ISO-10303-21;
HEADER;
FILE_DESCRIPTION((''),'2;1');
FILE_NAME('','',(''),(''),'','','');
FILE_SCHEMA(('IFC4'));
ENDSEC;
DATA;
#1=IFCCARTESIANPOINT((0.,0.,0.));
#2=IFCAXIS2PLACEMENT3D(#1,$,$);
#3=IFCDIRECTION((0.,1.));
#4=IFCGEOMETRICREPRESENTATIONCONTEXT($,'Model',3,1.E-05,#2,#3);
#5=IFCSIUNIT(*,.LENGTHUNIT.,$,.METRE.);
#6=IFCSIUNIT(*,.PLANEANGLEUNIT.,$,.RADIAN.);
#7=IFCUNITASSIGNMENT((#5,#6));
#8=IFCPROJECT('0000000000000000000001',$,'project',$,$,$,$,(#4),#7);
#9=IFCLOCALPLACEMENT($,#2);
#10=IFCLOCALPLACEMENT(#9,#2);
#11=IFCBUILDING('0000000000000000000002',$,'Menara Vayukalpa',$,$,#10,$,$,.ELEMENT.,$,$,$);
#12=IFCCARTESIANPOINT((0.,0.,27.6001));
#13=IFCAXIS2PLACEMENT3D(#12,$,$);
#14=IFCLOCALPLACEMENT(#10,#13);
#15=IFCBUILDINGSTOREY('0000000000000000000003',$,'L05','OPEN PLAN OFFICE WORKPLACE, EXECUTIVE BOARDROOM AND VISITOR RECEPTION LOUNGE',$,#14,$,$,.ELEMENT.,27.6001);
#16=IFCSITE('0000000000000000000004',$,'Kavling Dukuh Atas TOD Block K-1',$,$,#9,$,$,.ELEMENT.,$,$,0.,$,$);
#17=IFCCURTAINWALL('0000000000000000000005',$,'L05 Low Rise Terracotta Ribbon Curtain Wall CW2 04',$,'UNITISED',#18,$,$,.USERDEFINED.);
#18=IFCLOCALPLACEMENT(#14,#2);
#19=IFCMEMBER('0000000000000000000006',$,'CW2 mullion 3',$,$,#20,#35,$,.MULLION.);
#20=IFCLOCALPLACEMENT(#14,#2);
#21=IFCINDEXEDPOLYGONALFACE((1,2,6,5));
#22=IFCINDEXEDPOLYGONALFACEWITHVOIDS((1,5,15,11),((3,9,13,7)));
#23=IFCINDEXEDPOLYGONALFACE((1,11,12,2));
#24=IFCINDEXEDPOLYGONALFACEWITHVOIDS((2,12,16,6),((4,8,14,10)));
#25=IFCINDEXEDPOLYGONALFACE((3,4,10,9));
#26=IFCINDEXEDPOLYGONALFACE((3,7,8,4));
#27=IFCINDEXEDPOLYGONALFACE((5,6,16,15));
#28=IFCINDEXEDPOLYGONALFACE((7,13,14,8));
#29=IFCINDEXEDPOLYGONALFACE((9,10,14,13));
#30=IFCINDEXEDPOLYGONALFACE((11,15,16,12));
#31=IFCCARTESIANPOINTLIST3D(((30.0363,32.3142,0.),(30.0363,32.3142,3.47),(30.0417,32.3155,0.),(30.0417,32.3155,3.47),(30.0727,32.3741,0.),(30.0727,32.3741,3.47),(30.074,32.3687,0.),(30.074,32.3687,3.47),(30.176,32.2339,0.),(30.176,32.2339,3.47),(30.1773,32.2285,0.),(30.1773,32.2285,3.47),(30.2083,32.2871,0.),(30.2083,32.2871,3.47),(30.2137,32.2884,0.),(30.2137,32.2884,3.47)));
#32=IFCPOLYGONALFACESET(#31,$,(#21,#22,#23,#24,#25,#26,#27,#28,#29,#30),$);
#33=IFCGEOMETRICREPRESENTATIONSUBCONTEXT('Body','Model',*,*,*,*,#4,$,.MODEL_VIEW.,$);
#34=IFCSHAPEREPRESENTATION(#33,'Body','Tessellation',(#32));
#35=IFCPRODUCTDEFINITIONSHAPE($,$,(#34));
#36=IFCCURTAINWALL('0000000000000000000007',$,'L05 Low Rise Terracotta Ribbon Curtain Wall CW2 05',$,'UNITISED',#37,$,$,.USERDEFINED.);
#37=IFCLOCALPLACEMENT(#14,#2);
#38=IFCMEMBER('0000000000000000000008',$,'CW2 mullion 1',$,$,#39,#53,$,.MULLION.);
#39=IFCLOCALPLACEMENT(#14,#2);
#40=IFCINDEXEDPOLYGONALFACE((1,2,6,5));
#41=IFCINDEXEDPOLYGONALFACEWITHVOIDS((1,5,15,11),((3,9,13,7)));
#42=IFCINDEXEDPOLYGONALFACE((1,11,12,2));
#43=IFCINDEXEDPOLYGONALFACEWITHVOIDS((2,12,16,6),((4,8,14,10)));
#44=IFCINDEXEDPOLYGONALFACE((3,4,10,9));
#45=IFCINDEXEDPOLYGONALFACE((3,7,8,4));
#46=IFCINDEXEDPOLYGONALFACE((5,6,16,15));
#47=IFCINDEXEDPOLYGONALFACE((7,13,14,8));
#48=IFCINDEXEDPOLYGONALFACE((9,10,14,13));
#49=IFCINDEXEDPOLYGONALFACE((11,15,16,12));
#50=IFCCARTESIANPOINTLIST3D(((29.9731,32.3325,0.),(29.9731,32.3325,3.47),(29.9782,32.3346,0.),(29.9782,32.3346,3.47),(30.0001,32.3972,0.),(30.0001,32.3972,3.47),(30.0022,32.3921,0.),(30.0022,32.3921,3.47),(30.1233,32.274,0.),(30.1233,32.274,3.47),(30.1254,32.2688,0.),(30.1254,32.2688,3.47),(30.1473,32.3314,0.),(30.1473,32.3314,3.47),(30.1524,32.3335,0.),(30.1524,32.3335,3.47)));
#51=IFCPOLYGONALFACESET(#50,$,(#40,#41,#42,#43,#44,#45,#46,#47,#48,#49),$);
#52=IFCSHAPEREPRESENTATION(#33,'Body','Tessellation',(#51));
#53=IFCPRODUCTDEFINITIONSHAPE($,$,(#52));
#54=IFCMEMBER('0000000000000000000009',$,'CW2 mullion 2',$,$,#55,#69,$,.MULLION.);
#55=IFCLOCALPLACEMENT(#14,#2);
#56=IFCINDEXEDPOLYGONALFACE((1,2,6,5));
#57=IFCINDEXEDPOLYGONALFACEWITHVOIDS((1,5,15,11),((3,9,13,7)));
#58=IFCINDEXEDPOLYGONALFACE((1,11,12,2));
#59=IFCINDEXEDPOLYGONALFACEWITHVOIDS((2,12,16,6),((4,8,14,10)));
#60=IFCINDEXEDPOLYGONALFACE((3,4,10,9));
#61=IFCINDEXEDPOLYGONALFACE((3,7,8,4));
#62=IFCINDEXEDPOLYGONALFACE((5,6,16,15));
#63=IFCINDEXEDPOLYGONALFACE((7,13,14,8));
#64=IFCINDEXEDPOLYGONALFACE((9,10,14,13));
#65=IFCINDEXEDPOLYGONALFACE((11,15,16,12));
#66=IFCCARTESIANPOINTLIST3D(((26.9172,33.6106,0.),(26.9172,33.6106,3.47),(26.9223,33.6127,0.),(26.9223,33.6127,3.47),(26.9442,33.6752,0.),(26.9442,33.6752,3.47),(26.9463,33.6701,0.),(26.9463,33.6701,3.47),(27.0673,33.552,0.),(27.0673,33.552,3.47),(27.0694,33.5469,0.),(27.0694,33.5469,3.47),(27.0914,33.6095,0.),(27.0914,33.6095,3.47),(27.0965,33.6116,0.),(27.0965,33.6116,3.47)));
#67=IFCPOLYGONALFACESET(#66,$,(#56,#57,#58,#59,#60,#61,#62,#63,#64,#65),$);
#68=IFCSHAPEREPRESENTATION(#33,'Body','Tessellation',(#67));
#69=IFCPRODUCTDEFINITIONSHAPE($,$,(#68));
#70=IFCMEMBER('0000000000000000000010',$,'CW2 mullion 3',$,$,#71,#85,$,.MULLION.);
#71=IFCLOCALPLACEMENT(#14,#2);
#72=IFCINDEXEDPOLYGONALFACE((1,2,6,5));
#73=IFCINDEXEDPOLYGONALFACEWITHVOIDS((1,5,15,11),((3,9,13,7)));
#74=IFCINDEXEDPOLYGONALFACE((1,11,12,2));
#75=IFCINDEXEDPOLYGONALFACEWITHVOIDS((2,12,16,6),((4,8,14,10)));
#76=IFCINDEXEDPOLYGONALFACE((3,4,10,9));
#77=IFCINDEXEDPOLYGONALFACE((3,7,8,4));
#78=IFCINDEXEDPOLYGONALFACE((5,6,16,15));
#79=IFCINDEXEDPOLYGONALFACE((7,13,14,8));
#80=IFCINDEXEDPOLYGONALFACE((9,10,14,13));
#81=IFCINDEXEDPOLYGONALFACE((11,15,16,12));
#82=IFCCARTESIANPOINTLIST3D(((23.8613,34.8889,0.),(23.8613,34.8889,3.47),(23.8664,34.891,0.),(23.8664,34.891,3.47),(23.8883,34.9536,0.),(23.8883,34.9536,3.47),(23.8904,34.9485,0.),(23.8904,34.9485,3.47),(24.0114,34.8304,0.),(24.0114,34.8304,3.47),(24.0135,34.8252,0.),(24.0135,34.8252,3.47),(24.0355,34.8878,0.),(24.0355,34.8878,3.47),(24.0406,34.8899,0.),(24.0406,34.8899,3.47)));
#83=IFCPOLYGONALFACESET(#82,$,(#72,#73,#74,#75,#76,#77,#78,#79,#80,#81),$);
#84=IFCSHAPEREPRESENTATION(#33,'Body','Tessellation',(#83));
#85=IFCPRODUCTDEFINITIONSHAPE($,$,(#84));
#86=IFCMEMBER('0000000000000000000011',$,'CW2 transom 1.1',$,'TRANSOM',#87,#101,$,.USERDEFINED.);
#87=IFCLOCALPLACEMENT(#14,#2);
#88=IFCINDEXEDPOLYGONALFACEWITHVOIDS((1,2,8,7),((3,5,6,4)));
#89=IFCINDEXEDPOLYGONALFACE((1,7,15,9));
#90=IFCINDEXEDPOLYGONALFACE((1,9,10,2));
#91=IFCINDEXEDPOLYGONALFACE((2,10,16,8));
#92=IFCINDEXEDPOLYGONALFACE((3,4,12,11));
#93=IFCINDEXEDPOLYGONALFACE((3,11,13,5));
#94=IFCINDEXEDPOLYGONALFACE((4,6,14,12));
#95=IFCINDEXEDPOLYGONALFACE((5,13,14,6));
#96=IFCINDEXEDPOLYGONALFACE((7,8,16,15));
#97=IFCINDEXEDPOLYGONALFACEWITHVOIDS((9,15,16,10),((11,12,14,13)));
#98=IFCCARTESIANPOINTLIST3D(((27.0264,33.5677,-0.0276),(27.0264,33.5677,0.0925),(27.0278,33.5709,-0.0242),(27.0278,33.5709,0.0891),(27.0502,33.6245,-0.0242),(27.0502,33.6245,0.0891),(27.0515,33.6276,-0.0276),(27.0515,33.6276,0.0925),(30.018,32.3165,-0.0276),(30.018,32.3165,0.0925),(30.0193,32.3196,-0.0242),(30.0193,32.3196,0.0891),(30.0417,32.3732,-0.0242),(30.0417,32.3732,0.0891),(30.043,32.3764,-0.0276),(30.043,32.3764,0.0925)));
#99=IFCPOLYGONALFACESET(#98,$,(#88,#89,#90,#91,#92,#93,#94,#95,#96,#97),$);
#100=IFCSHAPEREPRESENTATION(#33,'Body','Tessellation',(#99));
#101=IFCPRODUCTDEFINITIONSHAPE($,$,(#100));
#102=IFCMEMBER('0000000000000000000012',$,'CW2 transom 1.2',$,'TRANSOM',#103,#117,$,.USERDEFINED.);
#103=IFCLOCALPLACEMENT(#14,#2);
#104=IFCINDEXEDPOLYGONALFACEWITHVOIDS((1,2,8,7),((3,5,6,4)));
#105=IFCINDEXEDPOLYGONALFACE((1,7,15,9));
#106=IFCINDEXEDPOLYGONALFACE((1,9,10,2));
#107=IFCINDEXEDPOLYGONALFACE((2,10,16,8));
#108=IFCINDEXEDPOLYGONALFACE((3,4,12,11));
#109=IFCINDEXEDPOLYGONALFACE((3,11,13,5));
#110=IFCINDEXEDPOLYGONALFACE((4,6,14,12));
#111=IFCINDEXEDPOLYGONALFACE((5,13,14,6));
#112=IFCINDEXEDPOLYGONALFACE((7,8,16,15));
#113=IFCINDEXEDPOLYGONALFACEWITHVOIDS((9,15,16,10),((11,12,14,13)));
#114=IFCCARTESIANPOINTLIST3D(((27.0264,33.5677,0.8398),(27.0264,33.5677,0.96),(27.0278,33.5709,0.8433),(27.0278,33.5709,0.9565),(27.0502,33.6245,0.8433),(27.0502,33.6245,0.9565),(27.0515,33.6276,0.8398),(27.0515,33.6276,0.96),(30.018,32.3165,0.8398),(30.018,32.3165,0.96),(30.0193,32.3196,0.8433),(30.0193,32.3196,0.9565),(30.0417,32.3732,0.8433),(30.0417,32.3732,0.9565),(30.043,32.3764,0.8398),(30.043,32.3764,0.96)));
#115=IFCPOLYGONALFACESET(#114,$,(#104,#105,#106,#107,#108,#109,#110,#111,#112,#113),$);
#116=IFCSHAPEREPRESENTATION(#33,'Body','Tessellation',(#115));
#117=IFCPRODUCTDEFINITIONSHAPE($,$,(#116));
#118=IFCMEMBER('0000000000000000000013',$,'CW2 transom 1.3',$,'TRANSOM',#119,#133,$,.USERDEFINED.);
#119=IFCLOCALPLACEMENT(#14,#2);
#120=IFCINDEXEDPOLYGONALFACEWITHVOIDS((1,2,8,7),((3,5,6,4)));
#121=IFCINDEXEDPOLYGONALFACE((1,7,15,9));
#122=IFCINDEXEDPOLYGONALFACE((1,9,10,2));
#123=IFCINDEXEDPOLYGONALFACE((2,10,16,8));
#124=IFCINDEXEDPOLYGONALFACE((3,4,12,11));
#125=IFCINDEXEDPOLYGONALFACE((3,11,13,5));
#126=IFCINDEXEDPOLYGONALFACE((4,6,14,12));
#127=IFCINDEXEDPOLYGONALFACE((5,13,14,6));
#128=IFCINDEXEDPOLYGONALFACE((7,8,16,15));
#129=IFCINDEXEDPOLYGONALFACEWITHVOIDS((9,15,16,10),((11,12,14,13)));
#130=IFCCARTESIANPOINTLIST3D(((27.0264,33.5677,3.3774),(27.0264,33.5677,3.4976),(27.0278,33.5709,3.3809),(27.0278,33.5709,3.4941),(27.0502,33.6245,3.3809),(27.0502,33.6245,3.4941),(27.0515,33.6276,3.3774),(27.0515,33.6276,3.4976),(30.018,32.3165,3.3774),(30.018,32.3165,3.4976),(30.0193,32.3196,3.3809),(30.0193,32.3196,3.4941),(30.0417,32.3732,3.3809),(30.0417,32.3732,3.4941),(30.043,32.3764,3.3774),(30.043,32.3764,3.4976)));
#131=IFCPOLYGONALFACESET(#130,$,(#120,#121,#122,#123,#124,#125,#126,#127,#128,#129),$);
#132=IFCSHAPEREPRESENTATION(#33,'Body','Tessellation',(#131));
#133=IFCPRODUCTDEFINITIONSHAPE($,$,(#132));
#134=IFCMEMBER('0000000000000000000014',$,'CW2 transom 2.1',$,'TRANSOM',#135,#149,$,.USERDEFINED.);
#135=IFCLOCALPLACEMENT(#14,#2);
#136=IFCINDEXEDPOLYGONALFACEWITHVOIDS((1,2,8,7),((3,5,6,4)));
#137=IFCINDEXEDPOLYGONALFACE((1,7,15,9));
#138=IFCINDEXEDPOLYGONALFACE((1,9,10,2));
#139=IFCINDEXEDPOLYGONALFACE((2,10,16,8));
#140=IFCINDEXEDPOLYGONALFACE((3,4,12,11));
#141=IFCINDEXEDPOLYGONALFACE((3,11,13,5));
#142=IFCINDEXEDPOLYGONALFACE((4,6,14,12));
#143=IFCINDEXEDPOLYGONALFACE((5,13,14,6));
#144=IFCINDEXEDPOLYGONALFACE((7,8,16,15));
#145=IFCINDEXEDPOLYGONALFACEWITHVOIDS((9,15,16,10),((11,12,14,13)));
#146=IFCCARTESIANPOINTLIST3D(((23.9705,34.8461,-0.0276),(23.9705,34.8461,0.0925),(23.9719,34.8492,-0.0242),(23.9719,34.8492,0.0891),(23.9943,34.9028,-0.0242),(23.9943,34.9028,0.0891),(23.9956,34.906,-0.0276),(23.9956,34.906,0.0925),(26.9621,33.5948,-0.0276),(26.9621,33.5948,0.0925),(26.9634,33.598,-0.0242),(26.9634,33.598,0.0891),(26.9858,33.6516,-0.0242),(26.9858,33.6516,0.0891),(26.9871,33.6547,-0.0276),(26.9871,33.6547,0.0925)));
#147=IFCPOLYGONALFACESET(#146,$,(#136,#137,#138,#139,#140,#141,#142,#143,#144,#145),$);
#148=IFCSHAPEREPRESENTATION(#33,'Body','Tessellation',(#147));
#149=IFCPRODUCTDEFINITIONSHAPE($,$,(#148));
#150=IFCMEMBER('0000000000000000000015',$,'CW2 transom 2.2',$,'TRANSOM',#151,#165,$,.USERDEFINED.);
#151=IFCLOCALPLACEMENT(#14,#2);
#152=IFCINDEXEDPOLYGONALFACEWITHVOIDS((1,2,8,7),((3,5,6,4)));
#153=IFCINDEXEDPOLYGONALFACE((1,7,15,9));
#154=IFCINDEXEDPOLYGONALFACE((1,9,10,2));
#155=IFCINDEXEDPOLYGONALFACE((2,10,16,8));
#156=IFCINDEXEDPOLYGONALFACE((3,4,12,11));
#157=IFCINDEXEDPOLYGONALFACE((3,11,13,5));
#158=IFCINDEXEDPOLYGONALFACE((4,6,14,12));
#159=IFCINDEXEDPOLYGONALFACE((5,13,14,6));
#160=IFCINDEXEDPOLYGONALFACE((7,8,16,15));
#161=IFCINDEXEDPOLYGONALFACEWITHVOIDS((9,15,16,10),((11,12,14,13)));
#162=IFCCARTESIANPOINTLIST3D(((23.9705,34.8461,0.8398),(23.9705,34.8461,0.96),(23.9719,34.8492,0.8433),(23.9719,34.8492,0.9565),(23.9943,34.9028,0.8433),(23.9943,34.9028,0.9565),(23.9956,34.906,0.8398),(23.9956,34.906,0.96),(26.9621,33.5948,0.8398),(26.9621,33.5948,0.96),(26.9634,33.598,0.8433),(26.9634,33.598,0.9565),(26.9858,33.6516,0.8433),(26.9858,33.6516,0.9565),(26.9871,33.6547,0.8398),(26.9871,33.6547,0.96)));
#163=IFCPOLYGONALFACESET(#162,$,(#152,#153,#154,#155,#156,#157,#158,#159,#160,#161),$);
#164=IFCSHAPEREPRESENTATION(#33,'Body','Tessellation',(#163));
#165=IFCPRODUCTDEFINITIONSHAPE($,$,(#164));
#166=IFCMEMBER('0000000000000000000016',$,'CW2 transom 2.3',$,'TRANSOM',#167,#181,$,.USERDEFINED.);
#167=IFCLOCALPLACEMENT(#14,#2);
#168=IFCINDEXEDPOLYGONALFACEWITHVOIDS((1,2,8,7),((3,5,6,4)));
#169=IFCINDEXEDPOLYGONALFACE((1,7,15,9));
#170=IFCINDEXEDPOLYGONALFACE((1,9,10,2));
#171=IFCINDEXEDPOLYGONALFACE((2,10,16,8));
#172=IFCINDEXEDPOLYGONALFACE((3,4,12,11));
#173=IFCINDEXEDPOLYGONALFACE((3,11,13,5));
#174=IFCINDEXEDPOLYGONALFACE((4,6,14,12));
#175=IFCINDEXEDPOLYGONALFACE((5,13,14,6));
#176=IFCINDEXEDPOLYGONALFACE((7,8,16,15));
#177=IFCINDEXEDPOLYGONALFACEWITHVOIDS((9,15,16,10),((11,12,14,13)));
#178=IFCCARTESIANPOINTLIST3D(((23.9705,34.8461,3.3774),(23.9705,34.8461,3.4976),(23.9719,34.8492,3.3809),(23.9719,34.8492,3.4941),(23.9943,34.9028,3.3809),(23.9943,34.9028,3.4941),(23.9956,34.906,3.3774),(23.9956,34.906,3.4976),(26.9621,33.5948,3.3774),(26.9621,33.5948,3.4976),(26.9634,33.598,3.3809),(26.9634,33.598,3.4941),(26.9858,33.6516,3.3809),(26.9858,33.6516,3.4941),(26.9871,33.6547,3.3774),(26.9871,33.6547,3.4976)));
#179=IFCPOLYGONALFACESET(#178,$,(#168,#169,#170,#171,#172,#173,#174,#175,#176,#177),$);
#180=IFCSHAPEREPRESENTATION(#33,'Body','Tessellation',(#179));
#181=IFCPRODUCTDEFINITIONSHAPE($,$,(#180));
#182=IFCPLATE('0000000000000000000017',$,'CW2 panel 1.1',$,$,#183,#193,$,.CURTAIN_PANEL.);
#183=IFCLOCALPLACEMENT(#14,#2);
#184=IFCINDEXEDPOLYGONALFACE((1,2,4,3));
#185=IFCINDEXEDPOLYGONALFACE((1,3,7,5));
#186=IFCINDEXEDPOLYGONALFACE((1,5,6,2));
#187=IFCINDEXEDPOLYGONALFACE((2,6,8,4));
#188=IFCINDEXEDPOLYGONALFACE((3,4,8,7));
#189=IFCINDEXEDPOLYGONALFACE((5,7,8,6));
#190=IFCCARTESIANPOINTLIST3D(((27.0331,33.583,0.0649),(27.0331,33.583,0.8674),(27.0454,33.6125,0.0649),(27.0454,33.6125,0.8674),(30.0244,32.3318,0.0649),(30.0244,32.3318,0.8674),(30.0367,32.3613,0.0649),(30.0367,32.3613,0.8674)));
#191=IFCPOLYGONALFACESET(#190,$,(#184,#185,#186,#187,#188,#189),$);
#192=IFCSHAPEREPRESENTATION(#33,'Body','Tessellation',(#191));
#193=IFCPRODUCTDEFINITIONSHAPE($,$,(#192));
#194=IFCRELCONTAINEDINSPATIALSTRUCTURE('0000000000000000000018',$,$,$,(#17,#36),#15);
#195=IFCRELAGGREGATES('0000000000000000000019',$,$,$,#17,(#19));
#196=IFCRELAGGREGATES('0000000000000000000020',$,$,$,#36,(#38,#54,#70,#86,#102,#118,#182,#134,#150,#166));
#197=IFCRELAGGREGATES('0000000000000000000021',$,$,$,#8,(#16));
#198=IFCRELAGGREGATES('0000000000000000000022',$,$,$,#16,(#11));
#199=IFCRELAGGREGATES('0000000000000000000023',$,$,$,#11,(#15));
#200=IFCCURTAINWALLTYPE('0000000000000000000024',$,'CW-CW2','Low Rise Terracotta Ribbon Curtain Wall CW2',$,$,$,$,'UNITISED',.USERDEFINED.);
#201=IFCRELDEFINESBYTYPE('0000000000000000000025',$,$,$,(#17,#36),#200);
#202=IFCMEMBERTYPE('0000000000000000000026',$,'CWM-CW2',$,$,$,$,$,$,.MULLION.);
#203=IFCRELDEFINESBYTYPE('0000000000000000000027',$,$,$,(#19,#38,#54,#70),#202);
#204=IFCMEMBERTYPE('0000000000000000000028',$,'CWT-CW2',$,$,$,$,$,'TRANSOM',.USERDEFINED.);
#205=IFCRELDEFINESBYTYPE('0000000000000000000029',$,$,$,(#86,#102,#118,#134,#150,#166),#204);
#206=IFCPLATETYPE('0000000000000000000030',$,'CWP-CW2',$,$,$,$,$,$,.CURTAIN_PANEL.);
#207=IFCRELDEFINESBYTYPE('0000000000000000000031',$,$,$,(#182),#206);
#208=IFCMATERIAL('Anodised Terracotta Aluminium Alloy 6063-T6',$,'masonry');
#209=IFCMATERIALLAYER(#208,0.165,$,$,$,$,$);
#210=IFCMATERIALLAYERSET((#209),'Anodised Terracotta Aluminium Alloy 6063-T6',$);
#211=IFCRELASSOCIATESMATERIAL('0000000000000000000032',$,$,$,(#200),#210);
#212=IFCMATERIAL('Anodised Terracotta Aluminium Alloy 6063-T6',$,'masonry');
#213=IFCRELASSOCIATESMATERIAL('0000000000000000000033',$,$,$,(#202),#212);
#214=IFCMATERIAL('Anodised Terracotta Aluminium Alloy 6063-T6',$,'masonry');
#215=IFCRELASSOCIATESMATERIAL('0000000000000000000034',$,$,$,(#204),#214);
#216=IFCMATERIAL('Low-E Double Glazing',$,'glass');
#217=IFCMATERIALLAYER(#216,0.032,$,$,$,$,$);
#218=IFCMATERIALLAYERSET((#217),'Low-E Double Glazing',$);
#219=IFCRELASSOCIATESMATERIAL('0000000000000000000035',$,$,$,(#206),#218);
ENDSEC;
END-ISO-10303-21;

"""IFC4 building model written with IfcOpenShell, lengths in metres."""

from ifc_helpers import new_model, si_unit, direction, frame, origin, origin_2d, place, context, subcontext, project, spatial, rectangle, hollow_rectangle, extrude, material, layer, layer_set, material_profile, profile_set, type_object, element, aggregate, save


model = new_model("IFC4")

# Units and contexts
model_context = context("Model", 3, precision=1e-05, world=origin(), true_north=direction((0.0, 1.0)))
body_context = subcontext(model_context, "Body", "Model", "MODEL_VIEW")
ifc_project = project(units=[si_unit("LENGTHUNIT", "METRE"), si_unit("PLANEANGLEUNIT", "RADIAN")], contexts=[model_context])

# Site, building, storey
site_placement = place(None, origin())
site = spatial("IfcSite", under=ifc_project, at=site_placement, Name="Kavling Dukuh Atas TOD Block K-1", CompositionType="ELEMENT", RefElevation=0.0)
building_placement = place(site_placement, origin())
building = spatial("IfcBuilding", under=site, at=building_placement, Name="Menara Vayukalpa", CompositionType="ELEMENT")
storey_placement = place(building_placement, frame((0.0, 0.0, 27.6001)))
storey = spatial("IfcBuildingStorey", under=building, at=storey_placement, Name="L05", Description="OPEN PLAN OFFICE WORKPLACE, EXECUTIVE BOARDROOM AND VISITOR RECEPTION LOUNGE", CompositionType="ELEMENT", Elevation=27.6001)

# Curtain wall, member
ifc_material_1 = material(Name="Anodised Terracotta Aluminium Alloy 6063-T6", Category="masonry")
ifc_layer_1 = layer(ifc_material_1, 0.165)
ifc_layer_set_1 = layer_set([ifc_layer_1], Name="Anodised Terracotta Aluminium Alloy 6063-T6")
curtain_wall_type = type_object("IfcCurtainWallType", Name="CW-CW2", Description="Low Rise Terracotta Ribbon Curtain Wall CW2", ElementType="UNITISED", PredefinedType="USERDEFINED", material=ifc_layer_set_1)
curtain_wall_1_placement = place(storey_placement, origin())
curtain_wall_1 = element("IfcCurtainWall", 1, at=curtain_wall_1_placement, inside=storey, type_object=curtain_wall_type, Name="L05 Low Rise Terracotta Ribbon Curtain Wall CW2 04", ObjectType="UNITISED", PredefinedType="USERDEFINED")
ifc_material_2 = material(Name="Anodised Terracotta Aluminium Alloy 6063-T6", Category="masonry")
ifc_material_profile_1 = material_profile(ifc_material_2, hollow_rectangle(XDim=0.0701, YDim=0.165, WallThickness=0.0039, at=origin_2d()), Name="ALU 70x165x4")
ifc_profile_set_1 = profile_set([ifc_material_profile_1], Name="Anodised Terracotta Aluminium Alloy 6063-T6")
member_type_1 = type_object("IfcMemberType", Name="CWM-CW2", PredefinedType="MULLION", material=ifc_profile_set_1)
member_1_placement = place(storey_placement, frame((30.125, 32.3013, 0.0), z_axis=(0.0, 0.0, 1.0), x_axis=(-0.519182, -0.854664, 0.0)))
member_1 = element("IfcMember", 2, at=member_1_placement, type_object=member_type_1, Name="CW2 mullion 3", PredefinedType="MULLION", context=body_context, shape_type="SweptSolid", body=[
    extrude(hollow_rectangle(XDim=0.0701, YDim=0.165, WallThickness=0.0039, at=origin_2d()), origin(), (0.0, 0.0, 1.0), 3.47),
])
aggregate(curtain_wall_1, [member_1])

# Curtain wall, members, plate
curtain_wall_2_placement = place(storey_placement, origin())
curtain_wall_2 = element("IfcCurtainWall", 3, at=curtain_wall_2_placement, inside=storey, type_object=curtain_wall_type, Name="L05 Low Rise Terracotta Ribbon Curtain Wall CW2 05", ObjectType="UNITISED", PredefinedType="USERDEFINED")
member_2_placement = place(storey_placement, frame((30.0627, 32.333, 0.0), z_axis=(0.0, 0.0, 1.0), x_axis=(-0.385895, -0.922543, 0.0)))
member_2 = element("IfcMember", 4, at=member_2_placement, type_object=member_type_1, Name="CW2 mullion 1", PredefinedType="MULLION", context=body_context, shape_type="SweptSolid", body=[
    extrude(hollow_rectangle(XDim=0.0701, YDim=0.165, WallThickness=0.0039, at=origin_2d()), origin(), (0.0, 0.0, 1.0), 3.47),
])
member_3_placement = place(storey_placement, frame((27.0068, 33.6111, 0.0), z_axis=(0.0, 0.0, 1.0), x_axis=(-0.385895, -0.922543, 0.0)))
member_3 = element("IfcMember", 5, at=member_3_placement, type_object=member_type_1, Name="CW2 mullion 2", PredefinedType="MULLION", context=body_context, shape_type="SweptSolid", body=[
    extrude(hollow_rectangle(XDim=0.0701, YDim=0.165, WallThickness=0.0039, at=origin_2d()), origin(), (0.0, 0.0, 1.0), 3.47),
])
member_4_placement = place(storey_placement, frame((23.9509, 34.8894, 0.0), z_axis=(0.0, 0.0, 1.0), x_axis=(-0.385895, -0.922543, 0.0)))
member_4 = element("IfcMember", 6, at=member_4_placement, type_object=member_type_1, Name="CW2 mullion 3", PredefinedType="MULLION", context=body_context, shape_type="SweptSolid", body=[
    extrude(hollow_rectangle(XDim=0.0701, YDim=0.165, WallThickness=0.0039, at=origin_2d()), origin(), (0.0, 0.0, 1.0), 3.47),
])
ifc_material_3 = material(Name="Anodised Terracotta Aluminium Alloy 6063-T6", Category="masonry")
ifc_material_profile_2 = material_profile(ifc_material_3, hollow_rectangle(XDim=0.0649, YDim=0.1201, WallThickness=0.0034, at=origin_2d()), Name="ALU 65x120x3.5")
ifc_profile_set_2 = profile_set([ifc_material_profile_2], Name="Anodised Terracotta Aluminium Alloy 6063-T6")
member_type_2 = type_object("IfcMemberType", Name="CWT-CW2", ElementType="TRANSOM", PredefinedType="USERDEFINED", material=ifc_profile_set_2)
member_5_placement = place(storey_placement, frame((30.0305, 32.3464, 0.0325), z_axis=(-0.922553, 0.385871, 0.0), x_axis=(-0.385871, -0.922553, 0.0)))
member_5 = element("IfcMember", 7, at=member_5_placement, type_object=member_type_2, Name="CW2 transom 1.1", ObjectType="TRANSOM", PredefinedType="USERDEFINED", context=body_context, shape_type="SweptSolid", body=[
    extrude(hollow_rectangle(XDim=0.0649, YDim=0.1201, WallThickness=0.0034, at=origin_2d()), origin(), (0.0, 0.0, 1.0), 3.2427),
])
member_6_placement = place(storey_placement, frame((30.0305, 32.3464, 0.8999), z_axis=(-0.922553, 0.385871, 0.0), x_axis=(-0.385871, -0.922553, 0.0)))
member_6 = element("IfcMember", 8, at=member_6_placement, type_object=member_type_2, Name="CW2 transom 1.2", ObjectType="TRANSOM", PredefinedType="USERDEFINED", context=body_context, shape_type="SweptSolid", body=[
    extrude(hollow_rectangle(XDim=0.0649, YDim=0.1201, WallThickness=0.0034, at=origin_2d()), origin(), (0.0, 0.0, 1.0), 3.2427),
])
member_7_placement = place(storey_placement, frame((30.0305, 32.3464, 3.4375), z_axis=(-0.922553, 0.385871, 0.0), x_axis=(-0.385871, -0.922553, 0.0)))
member_7 = element("IfcMember", 9, at=member_7_placement, type_object=member_type_2, Name="CW2 transom 1.3", ObjectType="TRANSOM", PredefinedType="USERDEFINED", context=body_context, shape_type="SweptSolid", body=[
    extrude(hollow_rectangle(XDim=0.0649, YDim=0.1201, WallThickness=0.0034, at=origin_2d()), origin(), (0.0, 0.0, 1.0), 3.2427),
])
member_8_placement = place(storey_placement, frame((26.9746, 33.6248, 0.0325), z_axis=(-0.922553, 0.385871, 0.0), x_axis=(-0.385871, -0.922553, 0.0)))
member_8 = element("IfcMember", 10, at=member_8_placement, type_object=member_type_2, Name="CW2 transom 2.1", ObjectType="TRANSOM", PredefinedType="USERDEFINED", context=body_context, shape_type="SweptSolid", body=[
    extrude(hollow_rectangle(XDim=0.0649, YDim=0.1201, WallThickness=0.0034, at=origin_2d()), origin(), (0.0, 0.0, 1.0), 3.2427),
])
member_9_placement = place(storey_placement, frame((26.9746, 33.6248, 0.8999), z_axis=(-0.922553, 0.385871, 0.0), x_axis=(-0.385871, -0.922553, 0.0)))
member_9 = element("IfcMember", 11, at=member_9_placement, type_object=member_type_2, Name="CW2 transom 2.2", ObjectType="TRANSOM", PredefinedType="USERDEFINED", context=body_context, shape_type="SweptSolid", body=[
    extrude(hollow_rectangle(XDim=0.0649, YDim=0.1201, WallThickness=0.0034, at=origin_2d()), origin(), (0.0, 0.0, 1.0), 3.2427),
])
member_10_placement = place(storey_placement, frame((26.9746, 33.6248, 3.4375), z_axis=(-0.922553, 0.385871, 0.0), x_axis=(-0.385871, -0.922553, 0.0)))
member_10 = element("IfcMember", 12, at=member_10_placement, type_object=member_type_2, Name="CW2 transom 2.3", ObjectType="TRANSOM", PredefinedType="USERDEFINED", context=body_context, shape_type="SweptSolid", body=[
    extrude(hollow_rectangle(XDim=0.0649, YDim=0.1201, WallThickness=0.0034, at=origin_2d()), origin(), (0.0, 0.0, 1.0), 3.2427),
])
ifc_material_4 = material(Name="Low-E Double Glazing", Category="glass")
ifc_layer_2 = layer(ifc_material_4, 0.032)
ifc_layer_set_2 = layer_set([ifc_layer_2], Name="Low-E Double Glazing")
plate_type = type_object("IfcPlateType", Name="CWP-CW2", PredefinedType="CURTAIN_PANEL", material=ifc_layer_set_2)
plate_1_placement = place(storey_placement, frame((28.5349, 32.9722, 0.0649), z_axis=(0.0, 0.0, 1.0), x_axis=(-0.922543, 0.385895, 0.0)))
plate_1 = element("IfcPlate", 13, at=plate_1_placement, type_object=plate_type, Name="CW2 panel 1.1", PredefinedType="CURTAIN_PANEL", context=body_context, shape_type="SweptSolid", body=[
    extrude(rectangle(XDim=3.2424, YDim=0.032, at=origin_2d()), origin(), (0.0, 0.0, 1.0), 0.8025),
])
aggregate(curtain_wall_2, [member_2, member_3, member_4, member_5, member_6, member_7, plate_1, member_8, member_9, member_10])

save(model, "model.ifc")
